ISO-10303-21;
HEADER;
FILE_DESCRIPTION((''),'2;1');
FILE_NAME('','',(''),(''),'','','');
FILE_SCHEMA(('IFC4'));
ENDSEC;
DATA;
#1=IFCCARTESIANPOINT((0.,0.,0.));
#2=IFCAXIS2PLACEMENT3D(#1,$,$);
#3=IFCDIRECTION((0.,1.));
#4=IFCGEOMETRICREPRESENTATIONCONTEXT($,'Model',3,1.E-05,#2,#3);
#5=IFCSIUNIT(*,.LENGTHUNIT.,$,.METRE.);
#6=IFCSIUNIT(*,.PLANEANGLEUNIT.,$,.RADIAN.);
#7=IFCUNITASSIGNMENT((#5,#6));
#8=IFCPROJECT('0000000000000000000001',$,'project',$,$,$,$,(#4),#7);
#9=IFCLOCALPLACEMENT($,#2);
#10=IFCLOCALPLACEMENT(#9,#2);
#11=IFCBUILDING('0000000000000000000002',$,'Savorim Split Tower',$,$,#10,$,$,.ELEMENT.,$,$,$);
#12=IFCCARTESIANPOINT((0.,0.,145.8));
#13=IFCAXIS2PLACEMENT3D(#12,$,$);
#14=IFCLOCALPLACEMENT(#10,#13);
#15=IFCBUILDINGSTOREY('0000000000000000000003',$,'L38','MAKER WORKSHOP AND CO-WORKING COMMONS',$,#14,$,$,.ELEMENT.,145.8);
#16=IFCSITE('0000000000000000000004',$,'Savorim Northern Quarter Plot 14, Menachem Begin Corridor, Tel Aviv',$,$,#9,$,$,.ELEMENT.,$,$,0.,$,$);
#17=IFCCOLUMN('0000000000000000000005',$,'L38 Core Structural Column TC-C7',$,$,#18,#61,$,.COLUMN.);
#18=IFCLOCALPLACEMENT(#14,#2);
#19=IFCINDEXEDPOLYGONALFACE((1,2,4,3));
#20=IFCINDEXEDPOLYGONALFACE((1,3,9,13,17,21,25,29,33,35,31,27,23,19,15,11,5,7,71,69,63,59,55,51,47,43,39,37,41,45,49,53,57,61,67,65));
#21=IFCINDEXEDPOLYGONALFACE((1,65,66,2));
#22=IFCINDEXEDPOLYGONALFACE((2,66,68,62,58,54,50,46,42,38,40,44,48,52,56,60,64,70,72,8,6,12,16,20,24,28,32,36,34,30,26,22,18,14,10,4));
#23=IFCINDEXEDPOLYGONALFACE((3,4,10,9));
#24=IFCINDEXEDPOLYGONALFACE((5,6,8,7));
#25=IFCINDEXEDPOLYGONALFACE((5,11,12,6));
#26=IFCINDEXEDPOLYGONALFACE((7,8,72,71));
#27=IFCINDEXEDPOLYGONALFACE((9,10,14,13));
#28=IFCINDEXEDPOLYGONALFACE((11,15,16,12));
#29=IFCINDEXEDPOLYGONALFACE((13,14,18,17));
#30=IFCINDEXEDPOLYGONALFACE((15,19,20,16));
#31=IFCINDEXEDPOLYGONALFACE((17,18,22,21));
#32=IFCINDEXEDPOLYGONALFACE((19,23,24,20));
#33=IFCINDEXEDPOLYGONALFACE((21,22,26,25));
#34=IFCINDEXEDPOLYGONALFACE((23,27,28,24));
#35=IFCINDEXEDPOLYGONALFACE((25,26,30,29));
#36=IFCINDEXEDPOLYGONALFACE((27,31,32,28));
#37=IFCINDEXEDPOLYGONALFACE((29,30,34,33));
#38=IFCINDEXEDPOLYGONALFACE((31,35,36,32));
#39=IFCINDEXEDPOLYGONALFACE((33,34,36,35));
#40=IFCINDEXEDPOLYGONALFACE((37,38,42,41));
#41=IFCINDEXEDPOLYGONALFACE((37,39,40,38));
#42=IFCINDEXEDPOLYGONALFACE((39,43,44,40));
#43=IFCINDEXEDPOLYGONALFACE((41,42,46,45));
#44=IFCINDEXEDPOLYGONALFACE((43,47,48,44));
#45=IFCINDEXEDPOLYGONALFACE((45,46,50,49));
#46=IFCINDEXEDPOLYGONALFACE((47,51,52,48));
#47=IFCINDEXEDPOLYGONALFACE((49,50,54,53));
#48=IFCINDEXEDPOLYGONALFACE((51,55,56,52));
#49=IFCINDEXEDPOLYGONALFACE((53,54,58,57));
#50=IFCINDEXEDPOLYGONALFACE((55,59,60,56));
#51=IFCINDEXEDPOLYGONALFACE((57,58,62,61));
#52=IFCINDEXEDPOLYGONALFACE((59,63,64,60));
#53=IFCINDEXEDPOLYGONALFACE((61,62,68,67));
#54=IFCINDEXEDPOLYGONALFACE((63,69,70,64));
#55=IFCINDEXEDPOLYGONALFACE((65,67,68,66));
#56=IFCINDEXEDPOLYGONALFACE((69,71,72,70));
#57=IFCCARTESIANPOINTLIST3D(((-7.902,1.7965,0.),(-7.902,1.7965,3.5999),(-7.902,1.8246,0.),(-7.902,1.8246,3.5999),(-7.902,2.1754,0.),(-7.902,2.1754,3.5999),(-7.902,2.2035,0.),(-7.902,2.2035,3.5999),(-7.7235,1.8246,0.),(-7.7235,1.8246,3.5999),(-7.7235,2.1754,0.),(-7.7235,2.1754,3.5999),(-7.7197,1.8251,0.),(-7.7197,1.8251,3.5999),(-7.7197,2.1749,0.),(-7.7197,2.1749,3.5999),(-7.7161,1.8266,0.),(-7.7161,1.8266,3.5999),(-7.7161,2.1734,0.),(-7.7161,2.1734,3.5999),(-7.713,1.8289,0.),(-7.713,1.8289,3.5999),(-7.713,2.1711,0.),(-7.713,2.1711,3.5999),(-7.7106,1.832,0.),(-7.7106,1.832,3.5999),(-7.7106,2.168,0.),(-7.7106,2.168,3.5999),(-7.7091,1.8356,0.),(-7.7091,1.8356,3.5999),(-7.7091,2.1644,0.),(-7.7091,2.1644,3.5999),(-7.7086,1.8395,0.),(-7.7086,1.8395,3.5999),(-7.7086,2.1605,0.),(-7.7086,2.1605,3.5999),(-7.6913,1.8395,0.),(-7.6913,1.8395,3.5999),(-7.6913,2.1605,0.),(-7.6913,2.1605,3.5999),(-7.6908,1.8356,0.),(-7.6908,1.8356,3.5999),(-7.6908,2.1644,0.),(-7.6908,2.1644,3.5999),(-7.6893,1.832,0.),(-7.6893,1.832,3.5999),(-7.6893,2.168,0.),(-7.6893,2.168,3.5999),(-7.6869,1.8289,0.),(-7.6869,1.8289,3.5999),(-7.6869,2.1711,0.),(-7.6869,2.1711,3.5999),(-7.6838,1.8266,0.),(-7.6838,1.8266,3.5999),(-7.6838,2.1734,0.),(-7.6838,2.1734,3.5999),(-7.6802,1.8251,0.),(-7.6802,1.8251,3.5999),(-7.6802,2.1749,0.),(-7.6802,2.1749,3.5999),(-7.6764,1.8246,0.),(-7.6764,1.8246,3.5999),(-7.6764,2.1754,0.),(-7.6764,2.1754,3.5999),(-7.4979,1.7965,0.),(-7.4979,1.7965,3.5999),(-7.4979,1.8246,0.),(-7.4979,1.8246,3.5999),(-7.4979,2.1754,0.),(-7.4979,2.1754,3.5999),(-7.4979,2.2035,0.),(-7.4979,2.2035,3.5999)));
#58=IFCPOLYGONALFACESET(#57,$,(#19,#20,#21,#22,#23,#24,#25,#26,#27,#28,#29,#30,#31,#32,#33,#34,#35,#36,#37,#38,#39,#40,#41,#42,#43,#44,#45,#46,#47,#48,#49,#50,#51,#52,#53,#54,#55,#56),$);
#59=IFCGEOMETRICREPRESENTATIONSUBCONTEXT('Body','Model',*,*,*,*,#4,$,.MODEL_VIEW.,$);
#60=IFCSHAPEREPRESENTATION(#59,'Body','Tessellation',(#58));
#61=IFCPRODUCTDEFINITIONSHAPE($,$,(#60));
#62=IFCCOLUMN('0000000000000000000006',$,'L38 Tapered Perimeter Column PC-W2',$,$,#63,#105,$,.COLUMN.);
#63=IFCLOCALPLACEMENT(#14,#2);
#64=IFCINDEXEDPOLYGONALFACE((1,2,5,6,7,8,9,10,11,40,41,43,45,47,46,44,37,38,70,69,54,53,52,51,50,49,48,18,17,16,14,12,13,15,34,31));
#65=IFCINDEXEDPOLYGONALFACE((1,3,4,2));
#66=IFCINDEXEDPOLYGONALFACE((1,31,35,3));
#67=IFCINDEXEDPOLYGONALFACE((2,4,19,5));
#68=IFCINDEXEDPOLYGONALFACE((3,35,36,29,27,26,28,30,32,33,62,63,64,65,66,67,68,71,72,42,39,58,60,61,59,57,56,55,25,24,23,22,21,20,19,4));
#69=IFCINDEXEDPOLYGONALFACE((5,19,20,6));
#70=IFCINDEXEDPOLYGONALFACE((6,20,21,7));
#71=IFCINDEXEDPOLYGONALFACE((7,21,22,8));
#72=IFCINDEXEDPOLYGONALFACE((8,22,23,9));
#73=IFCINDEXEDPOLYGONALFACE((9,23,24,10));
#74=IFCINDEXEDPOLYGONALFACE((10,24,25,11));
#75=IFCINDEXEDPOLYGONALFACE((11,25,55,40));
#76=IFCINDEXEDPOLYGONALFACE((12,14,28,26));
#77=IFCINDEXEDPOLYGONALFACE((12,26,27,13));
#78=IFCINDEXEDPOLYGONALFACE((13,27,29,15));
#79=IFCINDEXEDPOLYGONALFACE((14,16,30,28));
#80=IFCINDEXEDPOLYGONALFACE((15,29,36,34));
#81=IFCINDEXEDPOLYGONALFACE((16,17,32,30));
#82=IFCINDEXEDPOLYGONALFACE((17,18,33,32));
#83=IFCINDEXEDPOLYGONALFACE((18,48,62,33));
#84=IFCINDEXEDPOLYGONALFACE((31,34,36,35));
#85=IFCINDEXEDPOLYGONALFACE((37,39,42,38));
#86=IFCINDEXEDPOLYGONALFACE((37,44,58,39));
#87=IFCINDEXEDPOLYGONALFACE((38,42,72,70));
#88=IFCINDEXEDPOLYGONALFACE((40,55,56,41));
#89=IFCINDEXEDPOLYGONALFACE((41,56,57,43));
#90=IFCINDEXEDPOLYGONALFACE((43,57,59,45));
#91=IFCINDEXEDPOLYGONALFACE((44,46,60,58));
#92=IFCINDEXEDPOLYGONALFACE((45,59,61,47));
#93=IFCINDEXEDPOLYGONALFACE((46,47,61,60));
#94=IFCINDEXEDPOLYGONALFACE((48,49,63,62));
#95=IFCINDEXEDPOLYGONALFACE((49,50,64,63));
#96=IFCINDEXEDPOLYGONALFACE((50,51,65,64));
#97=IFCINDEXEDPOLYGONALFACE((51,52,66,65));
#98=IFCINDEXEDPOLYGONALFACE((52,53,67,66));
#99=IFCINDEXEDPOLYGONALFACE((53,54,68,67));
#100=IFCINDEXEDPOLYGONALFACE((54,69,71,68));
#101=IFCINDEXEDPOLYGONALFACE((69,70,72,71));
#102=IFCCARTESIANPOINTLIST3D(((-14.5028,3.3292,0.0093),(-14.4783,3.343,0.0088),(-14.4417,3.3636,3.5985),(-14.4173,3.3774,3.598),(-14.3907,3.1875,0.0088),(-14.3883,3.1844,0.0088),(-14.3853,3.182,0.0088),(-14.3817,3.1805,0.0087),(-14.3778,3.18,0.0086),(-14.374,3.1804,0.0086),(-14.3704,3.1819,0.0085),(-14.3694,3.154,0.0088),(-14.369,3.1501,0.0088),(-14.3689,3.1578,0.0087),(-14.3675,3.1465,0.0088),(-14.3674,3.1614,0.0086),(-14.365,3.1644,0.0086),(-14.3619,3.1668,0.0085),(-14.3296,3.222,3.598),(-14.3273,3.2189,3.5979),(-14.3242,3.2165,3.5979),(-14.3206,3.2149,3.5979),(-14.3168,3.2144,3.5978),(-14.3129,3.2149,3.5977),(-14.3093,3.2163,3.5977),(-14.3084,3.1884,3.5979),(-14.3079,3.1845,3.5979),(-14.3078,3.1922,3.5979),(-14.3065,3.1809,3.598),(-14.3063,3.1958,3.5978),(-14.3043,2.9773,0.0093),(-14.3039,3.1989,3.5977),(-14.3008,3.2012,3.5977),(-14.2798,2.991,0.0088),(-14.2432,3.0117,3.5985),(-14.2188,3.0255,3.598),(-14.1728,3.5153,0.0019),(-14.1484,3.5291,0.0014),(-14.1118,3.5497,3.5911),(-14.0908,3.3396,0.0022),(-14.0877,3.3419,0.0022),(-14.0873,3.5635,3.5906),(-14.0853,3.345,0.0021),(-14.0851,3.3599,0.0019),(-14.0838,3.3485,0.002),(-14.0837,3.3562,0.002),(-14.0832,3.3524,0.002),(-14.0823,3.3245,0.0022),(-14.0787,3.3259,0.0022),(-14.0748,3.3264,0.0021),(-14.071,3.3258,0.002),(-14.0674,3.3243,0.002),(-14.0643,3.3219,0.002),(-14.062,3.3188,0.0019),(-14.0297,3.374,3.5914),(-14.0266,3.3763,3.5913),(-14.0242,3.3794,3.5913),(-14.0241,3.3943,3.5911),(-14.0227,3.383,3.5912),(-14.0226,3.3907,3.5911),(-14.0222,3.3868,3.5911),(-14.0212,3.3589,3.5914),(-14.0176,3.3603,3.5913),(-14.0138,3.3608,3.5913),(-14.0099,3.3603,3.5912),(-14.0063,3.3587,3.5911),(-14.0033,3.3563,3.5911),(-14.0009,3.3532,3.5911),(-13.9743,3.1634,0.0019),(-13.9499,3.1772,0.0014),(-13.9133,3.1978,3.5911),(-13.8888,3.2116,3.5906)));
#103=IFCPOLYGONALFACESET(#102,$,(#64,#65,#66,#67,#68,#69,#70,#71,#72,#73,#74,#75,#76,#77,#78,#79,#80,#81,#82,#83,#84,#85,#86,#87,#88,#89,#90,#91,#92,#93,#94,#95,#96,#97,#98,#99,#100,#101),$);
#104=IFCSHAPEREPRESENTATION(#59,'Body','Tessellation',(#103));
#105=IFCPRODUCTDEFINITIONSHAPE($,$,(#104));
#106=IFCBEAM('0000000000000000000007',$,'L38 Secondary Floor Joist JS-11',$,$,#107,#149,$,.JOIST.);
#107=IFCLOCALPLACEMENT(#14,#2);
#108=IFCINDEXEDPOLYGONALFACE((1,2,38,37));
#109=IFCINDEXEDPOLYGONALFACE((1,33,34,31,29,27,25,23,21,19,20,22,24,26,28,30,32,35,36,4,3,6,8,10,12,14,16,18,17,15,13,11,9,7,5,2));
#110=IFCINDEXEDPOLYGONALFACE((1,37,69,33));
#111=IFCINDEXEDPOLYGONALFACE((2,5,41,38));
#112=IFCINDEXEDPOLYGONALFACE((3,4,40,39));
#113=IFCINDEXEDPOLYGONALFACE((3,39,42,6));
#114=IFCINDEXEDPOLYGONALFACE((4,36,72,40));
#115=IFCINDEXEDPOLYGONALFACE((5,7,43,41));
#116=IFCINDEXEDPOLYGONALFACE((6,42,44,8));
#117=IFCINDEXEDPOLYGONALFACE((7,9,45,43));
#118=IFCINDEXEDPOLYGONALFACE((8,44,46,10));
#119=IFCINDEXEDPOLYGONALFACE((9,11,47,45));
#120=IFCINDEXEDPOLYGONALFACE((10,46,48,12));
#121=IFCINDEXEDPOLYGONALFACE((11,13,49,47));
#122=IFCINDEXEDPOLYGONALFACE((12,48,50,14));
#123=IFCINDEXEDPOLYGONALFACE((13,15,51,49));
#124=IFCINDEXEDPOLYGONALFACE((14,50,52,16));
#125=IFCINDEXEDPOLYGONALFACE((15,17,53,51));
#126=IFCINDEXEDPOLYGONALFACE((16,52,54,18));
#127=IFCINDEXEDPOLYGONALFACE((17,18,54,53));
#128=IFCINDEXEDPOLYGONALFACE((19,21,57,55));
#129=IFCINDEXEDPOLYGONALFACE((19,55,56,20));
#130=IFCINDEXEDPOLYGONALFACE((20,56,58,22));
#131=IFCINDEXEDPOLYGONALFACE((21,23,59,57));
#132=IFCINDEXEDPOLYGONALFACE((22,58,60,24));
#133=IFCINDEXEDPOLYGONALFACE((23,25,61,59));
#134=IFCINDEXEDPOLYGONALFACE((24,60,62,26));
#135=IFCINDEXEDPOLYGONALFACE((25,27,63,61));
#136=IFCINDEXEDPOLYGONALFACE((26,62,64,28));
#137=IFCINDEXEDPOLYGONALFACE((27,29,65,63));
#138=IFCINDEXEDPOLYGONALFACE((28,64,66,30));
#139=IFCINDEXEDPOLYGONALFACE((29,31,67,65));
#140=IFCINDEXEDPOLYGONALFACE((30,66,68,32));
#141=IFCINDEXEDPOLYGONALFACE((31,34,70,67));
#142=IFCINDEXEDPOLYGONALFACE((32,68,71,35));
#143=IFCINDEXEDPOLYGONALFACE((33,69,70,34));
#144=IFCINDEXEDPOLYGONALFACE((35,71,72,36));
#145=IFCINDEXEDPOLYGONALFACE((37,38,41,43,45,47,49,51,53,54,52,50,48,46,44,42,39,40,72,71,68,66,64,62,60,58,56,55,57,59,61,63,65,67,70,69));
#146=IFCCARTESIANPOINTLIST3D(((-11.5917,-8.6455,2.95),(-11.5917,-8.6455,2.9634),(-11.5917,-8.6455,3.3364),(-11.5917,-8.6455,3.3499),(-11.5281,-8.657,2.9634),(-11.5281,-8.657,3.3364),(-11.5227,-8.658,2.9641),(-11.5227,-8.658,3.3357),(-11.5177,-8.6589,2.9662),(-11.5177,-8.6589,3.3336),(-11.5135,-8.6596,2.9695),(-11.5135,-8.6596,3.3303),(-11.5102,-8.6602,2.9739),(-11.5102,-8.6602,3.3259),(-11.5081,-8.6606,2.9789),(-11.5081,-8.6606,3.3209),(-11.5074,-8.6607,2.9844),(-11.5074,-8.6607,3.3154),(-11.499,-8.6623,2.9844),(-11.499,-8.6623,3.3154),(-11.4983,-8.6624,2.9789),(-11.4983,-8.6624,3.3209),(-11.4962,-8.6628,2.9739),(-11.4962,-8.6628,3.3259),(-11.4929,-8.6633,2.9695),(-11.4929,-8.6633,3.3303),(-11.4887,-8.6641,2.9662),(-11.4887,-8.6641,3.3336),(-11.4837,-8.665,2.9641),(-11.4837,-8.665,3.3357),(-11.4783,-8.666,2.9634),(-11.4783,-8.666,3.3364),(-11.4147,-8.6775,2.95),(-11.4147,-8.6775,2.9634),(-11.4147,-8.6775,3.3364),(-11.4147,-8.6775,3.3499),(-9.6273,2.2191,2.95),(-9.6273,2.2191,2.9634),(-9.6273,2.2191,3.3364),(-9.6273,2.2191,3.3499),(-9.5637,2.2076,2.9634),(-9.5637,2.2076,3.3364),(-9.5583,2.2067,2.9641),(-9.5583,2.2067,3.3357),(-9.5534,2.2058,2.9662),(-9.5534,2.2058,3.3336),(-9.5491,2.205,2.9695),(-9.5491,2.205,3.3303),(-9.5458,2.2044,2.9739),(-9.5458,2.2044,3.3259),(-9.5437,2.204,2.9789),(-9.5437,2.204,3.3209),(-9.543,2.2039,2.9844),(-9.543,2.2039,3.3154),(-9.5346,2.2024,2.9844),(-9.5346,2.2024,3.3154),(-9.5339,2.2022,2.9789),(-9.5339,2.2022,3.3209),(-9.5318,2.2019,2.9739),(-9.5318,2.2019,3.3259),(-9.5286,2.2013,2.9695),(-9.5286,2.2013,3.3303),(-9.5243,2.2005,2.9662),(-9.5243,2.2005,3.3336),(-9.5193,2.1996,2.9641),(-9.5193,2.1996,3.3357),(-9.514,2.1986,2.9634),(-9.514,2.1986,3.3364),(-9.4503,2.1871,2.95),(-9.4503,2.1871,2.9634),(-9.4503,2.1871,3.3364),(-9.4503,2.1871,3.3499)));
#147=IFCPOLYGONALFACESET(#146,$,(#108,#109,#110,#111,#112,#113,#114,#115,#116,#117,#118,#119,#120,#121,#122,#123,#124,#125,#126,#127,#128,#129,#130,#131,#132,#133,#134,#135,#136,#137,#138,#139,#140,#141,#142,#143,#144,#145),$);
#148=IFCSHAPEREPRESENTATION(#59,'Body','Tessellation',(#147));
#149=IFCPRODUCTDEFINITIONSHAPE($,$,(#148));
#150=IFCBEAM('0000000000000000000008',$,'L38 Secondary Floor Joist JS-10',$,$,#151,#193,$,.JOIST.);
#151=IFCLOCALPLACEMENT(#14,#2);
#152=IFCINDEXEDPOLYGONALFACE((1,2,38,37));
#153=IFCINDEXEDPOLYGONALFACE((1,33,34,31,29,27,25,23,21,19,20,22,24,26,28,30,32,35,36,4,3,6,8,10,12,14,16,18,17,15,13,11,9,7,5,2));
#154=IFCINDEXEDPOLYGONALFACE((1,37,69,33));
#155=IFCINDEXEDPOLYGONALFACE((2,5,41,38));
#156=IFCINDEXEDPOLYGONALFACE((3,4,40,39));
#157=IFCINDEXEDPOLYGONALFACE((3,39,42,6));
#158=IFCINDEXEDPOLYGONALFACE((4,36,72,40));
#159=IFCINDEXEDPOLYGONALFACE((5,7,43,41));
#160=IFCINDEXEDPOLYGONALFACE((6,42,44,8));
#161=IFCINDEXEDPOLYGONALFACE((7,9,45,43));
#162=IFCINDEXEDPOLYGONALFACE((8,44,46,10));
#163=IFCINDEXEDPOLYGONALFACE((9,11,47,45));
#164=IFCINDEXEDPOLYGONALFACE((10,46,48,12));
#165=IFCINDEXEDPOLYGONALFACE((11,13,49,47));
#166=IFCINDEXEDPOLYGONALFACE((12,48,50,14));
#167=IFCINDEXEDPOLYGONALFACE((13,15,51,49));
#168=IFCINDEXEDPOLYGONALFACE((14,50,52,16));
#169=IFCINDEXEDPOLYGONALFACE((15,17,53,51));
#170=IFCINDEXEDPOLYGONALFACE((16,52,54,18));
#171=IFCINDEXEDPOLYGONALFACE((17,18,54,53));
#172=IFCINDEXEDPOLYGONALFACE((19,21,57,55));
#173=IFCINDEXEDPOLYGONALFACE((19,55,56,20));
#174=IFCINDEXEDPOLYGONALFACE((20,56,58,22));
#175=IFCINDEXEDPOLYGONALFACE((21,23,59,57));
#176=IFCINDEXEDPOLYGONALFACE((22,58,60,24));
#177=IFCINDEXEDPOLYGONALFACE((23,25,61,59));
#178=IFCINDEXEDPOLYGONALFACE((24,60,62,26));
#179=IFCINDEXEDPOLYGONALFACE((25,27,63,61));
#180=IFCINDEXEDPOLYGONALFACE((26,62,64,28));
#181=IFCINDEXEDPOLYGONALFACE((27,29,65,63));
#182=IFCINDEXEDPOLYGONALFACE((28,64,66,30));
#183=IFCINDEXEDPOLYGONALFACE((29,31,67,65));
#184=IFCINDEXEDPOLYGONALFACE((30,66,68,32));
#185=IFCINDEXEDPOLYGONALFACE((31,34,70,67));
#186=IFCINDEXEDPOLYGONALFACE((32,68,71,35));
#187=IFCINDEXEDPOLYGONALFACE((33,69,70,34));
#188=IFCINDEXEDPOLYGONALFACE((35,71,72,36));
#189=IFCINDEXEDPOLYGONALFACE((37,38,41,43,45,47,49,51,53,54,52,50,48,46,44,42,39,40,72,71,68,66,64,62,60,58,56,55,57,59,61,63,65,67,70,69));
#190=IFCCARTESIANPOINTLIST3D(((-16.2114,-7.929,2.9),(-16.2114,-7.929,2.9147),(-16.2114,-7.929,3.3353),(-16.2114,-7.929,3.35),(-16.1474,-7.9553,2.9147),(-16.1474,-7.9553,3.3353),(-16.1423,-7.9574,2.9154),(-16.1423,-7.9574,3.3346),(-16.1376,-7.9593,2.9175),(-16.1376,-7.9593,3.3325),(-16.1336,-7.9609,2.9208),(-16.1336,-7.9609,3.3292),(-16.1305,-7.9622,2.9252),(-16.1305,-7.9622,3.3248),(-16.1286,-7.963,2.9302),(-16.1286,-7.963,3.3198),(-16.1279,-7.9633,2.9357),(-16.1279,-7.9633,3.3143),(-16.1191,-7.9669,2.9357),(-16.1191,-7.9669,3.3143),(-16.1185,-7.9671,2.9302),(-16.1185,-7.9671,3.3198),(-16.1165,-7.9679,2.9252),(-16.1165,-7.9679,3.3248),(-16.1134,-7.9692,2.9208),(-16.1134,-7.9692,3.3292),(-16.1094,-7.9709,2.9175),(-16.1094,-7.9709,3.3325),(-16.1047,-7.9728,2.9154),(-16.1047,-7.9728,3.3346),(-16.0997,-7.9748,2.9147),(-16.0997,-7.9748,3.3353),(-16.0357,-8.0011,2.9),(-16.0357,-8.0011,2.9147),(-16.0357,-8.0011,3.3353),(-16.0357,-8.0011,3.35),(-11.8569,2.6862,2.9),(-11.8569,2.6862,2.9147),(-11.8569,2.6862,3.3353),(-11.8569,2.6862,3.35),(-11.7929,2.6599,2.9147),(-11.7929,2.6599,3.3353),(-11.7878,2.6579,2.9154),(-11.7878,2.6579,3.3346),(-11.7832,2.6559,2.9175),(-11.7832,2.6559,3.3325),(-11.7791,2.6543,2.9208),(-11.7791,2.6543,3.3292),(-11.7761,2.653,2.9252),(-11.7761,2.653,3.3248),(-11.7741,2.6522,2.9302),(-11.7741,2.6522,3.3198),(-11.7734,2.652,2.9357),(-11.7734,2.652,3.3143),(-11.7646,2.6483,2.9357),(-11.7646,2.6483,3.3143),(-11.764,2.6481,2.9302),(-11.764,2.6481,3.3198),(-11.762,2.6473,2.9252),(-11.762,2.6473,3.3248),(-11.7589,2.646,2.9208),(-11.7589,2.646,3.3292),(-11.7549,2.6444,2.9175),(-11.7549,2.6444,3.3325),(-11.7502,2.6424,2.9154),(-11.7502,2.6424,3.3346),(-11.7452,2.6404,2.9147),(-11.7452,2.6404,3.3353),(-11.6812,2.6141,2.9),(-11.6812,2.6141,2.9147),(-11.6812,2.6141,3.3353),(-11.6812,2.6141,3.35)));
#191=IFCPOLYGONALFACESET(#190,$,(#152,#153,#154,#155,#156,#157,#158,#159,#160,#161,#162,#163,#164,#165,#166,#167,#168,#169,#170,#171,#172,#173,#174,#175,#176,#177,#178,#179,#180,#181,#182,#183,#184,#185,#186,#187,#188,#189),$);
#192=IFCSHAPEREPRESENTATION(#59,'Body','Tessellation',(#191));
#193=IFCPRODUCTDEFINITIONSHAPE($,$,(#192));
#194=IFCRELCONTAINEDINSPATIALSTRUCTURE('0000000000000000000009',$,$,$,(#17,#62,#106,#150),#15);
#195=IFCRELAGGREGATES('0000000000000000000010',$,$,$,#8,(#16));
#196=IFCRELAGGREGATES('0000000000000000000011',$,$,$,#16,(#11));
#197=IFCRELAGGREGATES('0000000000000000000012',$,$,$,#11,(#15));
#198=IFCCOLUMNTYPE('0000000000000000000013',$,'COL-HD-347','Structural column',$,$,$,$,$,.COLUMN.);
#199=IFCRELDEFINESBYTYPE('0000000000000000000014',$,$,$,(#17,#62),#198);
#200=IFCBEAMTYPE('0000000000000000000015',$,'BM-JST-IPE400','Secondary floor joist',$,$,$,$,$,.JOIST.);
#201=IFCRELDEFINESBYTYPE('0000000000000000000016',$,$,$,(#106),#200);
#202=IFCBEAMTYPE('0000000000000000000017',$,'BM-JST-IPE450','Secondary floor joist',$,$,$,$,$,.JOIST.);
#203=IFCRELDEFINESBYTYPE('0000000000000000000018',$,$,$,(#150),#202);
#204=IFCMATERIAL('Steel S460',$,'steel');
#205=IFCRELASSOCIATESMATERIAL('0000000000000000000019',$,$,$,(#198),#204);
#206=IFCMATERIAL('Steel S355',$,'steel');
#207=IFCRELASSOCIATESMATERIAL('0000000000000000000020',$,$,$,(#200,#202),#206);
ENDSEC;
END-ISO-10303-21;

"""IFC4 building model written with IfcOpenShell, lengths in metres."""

from ifc_helpers import new_model, si_unit, direction, frame, origin, origin_2d, place, context, subcontext, project, spatial, i_section, extrude, material, material_profile, profile_set, type_object, element, save


model = new_model("IFC4")

# Units and contexts
model_context = context("Model", 3, precision=1e-05, world=origin(), true_north=direction((0.0, 1.0)))
body_context = subcontext(model_context, "Body", "Model", "MODEL_VIEW")
ifc_project = project(units=[si_unit("LENGTHUNIT", "METRE"), si_unit("PLANEANGLEUNIT", "RADIAN")], contexts=[model_context])

# Site, building, storey
site_placement = place(None, origin())
site = spatial("IfcSite", under=ifc_project, at=site_placement, Name="Savorim Northern Quarter Plot 14, Menachem Begin Corridor, Tel Aviv", CompositionType="ELEMENT", RefElevation=0.0)
building_placement = place(site_placement, origin())
building = spatial("IfcBuilding", under=site, at=building_placement, Name="Savorim Split Tower", CompositionType="ELEMENT")
storey_placement = place(building_placement, frame((0.0, 0.0, 145.8)))
storey = spatial("IfcBuildingStorey", under=building, at=storey_placement, Name="L38", Description="MAKER WORKSHOP AND CO-WORKING COMMONS", CompositionType="ELEMENT", Elevation=145.8)

# Columns
ifc_material_1 = material(Name="Steel S460", Category="steel")
ifc_material_profile_1 = material_profile(ifc_material_1, i_section(OverallWidth=0.4041, OverallDepth=0.407, WebThickness=0.0173, FlangeThickness=0.0281, FilletRadius=0.0149, at=origin_2d()), Name="HD 400x347")
ifc_profile_set_1 = profile_set([ifc_material_profile_1], Name="Steel S460")
column_type = type_object("IfcColumnType", Name="COL-HD-347", Description="Structural column", PredefinedType="COLUMN", material=ifc_profile_set_1)
column_1_placement = place(storey_placement, frame((-7.7, 2.0, 0.0), z_axis=(0.0, 0.0, 1.0), x_axis=(1.0, 0.0, 0.0)))
element("IfcColumn", 1, at=column_1_placement, inside=storey, type_object=column_type, Name="L38 Core Structural Column TC-C7", PredefinedType="COLUMN", context=body_context, shape_type="SweptSolid", body=[
    extrude(i_section(OverallWidth=0.4041, OverallDepth=0.407, WebThickness=0.0173, FlangeThickness=0.0281, FilletRadius=0.0149, at=origin_2d()), origin(), (0.0, 0.0, 1.0), 3.5999),
])
column_2_placement = place(storey_placement, frame((-14.2263, 3.2532, 0.0054), z_axis=(0.017002, 0.009589, 0.999809), x_axis=(-0.491253, 0.871017, 0.0)))
element("IfcColumn", 2, at=column_2_placement, inside=storey, type_object=column_type, Name="L38 Tapered Perimeter Column PC-W2", PredefinedType="COLUMN", context=body_context, shape_type="SweptSolid", body=[
    extrude(i_section(OverallWidth=0.4041, OverallDepth=0.407, WebThickness=0.0173, FlangeThickness=0.0281, FilletRadius=0.0149, at=origin_2d()), origin(), (0.0, 0.0, 1.0), 3.5898),
])

# Beams
ifc_material_2 = material(Name="Steel S355", Category="steel")
ifc_material_profile_2 = material_profile(ifc_material_2, i_section(OverallWidth=0.1799, OverallDepth=0.3999, WebThickness=0.0085, FlangeThickness=0.0134, FilletRadius=0.021, at=origin_2d()), Name="IPE 400")
ifc_profile_set_2 = profile_set([ifc_material_profile_2], Name="Steel S355")
beam_type_1 = type_object("IfcBeamType", Name="BM-JST-IPE400", Description="Secondary floor joist", PredefinedType="JOIST", material=ifc_profile_set_2)
beam_1_placement = place(storey_placement, frame((-9.5388, 2.2031, 3.1499), z_axis=(-0.17792, -0.984045, 0.0), x_axis=(0.984045, -0.17792, 0.0)))
element("IfcBeam", 3, at=beam_1_placement, inside=storey, type_object=beam_type_1, Name="L38 Secondary Floor Joist JS-11", PredefinedType="JOIST", context=body_context, shape_type="SweptSolid", body=[
    extrude(i_section(OverallWidth=0.1799, OverallDepth=0.3999, WebThickness=0.0085, FlangeThickness=0.0134, FilletRadius=0.021, at=origin_2d()), origin(), (0.0, 0.0, 1.0), 11.0408),
])
ifc_material_profile_3 = material_profile(ifc_material_2, i_section(OverallWidth=0.1899, OverallDepth=0.45, WebThickness=0.0095, FlangeThickness=0.0146, FilletRadius=0.021, at=origin_2d()), Name="IPE 450")
ifc_profile_set_3 = profile_set([ifc_material_profile_3], Name="Steel S355")
beam_type_2 = type_object("IfcBeamType", Name="BM-JST-IPE450", Description="Secondary floor joist", PredefinedType="JOIST", material=ifc_profile_set_3)
beam_2_placement = place(storey_placement, frame((-11.769, 2.6501, 3.125), z_axis=(-0.379521, -0.925183, 0.0), x_axis=(0.925183, -0.379521, 0.0)))
element("IfcBeam", 4, at=beam_2_placement, inside=storey, type_object=beam_type_2, Name="L38 Secondary Floor Joist JS-10", PredefinedType="JOIST", context=body_context, shape_type="SweptSolid", body=[
    extrude(i_section(OverallWidth=0.1899, OverallDepth=0.45, WebThickness=0.0095, FlangeThickness=0.0146, FilletRadius=0.021, at=origin_2d()), origin(), (0.0, 0.0, 1.0), 11.4736),
])

save(model, "model.ifc")
